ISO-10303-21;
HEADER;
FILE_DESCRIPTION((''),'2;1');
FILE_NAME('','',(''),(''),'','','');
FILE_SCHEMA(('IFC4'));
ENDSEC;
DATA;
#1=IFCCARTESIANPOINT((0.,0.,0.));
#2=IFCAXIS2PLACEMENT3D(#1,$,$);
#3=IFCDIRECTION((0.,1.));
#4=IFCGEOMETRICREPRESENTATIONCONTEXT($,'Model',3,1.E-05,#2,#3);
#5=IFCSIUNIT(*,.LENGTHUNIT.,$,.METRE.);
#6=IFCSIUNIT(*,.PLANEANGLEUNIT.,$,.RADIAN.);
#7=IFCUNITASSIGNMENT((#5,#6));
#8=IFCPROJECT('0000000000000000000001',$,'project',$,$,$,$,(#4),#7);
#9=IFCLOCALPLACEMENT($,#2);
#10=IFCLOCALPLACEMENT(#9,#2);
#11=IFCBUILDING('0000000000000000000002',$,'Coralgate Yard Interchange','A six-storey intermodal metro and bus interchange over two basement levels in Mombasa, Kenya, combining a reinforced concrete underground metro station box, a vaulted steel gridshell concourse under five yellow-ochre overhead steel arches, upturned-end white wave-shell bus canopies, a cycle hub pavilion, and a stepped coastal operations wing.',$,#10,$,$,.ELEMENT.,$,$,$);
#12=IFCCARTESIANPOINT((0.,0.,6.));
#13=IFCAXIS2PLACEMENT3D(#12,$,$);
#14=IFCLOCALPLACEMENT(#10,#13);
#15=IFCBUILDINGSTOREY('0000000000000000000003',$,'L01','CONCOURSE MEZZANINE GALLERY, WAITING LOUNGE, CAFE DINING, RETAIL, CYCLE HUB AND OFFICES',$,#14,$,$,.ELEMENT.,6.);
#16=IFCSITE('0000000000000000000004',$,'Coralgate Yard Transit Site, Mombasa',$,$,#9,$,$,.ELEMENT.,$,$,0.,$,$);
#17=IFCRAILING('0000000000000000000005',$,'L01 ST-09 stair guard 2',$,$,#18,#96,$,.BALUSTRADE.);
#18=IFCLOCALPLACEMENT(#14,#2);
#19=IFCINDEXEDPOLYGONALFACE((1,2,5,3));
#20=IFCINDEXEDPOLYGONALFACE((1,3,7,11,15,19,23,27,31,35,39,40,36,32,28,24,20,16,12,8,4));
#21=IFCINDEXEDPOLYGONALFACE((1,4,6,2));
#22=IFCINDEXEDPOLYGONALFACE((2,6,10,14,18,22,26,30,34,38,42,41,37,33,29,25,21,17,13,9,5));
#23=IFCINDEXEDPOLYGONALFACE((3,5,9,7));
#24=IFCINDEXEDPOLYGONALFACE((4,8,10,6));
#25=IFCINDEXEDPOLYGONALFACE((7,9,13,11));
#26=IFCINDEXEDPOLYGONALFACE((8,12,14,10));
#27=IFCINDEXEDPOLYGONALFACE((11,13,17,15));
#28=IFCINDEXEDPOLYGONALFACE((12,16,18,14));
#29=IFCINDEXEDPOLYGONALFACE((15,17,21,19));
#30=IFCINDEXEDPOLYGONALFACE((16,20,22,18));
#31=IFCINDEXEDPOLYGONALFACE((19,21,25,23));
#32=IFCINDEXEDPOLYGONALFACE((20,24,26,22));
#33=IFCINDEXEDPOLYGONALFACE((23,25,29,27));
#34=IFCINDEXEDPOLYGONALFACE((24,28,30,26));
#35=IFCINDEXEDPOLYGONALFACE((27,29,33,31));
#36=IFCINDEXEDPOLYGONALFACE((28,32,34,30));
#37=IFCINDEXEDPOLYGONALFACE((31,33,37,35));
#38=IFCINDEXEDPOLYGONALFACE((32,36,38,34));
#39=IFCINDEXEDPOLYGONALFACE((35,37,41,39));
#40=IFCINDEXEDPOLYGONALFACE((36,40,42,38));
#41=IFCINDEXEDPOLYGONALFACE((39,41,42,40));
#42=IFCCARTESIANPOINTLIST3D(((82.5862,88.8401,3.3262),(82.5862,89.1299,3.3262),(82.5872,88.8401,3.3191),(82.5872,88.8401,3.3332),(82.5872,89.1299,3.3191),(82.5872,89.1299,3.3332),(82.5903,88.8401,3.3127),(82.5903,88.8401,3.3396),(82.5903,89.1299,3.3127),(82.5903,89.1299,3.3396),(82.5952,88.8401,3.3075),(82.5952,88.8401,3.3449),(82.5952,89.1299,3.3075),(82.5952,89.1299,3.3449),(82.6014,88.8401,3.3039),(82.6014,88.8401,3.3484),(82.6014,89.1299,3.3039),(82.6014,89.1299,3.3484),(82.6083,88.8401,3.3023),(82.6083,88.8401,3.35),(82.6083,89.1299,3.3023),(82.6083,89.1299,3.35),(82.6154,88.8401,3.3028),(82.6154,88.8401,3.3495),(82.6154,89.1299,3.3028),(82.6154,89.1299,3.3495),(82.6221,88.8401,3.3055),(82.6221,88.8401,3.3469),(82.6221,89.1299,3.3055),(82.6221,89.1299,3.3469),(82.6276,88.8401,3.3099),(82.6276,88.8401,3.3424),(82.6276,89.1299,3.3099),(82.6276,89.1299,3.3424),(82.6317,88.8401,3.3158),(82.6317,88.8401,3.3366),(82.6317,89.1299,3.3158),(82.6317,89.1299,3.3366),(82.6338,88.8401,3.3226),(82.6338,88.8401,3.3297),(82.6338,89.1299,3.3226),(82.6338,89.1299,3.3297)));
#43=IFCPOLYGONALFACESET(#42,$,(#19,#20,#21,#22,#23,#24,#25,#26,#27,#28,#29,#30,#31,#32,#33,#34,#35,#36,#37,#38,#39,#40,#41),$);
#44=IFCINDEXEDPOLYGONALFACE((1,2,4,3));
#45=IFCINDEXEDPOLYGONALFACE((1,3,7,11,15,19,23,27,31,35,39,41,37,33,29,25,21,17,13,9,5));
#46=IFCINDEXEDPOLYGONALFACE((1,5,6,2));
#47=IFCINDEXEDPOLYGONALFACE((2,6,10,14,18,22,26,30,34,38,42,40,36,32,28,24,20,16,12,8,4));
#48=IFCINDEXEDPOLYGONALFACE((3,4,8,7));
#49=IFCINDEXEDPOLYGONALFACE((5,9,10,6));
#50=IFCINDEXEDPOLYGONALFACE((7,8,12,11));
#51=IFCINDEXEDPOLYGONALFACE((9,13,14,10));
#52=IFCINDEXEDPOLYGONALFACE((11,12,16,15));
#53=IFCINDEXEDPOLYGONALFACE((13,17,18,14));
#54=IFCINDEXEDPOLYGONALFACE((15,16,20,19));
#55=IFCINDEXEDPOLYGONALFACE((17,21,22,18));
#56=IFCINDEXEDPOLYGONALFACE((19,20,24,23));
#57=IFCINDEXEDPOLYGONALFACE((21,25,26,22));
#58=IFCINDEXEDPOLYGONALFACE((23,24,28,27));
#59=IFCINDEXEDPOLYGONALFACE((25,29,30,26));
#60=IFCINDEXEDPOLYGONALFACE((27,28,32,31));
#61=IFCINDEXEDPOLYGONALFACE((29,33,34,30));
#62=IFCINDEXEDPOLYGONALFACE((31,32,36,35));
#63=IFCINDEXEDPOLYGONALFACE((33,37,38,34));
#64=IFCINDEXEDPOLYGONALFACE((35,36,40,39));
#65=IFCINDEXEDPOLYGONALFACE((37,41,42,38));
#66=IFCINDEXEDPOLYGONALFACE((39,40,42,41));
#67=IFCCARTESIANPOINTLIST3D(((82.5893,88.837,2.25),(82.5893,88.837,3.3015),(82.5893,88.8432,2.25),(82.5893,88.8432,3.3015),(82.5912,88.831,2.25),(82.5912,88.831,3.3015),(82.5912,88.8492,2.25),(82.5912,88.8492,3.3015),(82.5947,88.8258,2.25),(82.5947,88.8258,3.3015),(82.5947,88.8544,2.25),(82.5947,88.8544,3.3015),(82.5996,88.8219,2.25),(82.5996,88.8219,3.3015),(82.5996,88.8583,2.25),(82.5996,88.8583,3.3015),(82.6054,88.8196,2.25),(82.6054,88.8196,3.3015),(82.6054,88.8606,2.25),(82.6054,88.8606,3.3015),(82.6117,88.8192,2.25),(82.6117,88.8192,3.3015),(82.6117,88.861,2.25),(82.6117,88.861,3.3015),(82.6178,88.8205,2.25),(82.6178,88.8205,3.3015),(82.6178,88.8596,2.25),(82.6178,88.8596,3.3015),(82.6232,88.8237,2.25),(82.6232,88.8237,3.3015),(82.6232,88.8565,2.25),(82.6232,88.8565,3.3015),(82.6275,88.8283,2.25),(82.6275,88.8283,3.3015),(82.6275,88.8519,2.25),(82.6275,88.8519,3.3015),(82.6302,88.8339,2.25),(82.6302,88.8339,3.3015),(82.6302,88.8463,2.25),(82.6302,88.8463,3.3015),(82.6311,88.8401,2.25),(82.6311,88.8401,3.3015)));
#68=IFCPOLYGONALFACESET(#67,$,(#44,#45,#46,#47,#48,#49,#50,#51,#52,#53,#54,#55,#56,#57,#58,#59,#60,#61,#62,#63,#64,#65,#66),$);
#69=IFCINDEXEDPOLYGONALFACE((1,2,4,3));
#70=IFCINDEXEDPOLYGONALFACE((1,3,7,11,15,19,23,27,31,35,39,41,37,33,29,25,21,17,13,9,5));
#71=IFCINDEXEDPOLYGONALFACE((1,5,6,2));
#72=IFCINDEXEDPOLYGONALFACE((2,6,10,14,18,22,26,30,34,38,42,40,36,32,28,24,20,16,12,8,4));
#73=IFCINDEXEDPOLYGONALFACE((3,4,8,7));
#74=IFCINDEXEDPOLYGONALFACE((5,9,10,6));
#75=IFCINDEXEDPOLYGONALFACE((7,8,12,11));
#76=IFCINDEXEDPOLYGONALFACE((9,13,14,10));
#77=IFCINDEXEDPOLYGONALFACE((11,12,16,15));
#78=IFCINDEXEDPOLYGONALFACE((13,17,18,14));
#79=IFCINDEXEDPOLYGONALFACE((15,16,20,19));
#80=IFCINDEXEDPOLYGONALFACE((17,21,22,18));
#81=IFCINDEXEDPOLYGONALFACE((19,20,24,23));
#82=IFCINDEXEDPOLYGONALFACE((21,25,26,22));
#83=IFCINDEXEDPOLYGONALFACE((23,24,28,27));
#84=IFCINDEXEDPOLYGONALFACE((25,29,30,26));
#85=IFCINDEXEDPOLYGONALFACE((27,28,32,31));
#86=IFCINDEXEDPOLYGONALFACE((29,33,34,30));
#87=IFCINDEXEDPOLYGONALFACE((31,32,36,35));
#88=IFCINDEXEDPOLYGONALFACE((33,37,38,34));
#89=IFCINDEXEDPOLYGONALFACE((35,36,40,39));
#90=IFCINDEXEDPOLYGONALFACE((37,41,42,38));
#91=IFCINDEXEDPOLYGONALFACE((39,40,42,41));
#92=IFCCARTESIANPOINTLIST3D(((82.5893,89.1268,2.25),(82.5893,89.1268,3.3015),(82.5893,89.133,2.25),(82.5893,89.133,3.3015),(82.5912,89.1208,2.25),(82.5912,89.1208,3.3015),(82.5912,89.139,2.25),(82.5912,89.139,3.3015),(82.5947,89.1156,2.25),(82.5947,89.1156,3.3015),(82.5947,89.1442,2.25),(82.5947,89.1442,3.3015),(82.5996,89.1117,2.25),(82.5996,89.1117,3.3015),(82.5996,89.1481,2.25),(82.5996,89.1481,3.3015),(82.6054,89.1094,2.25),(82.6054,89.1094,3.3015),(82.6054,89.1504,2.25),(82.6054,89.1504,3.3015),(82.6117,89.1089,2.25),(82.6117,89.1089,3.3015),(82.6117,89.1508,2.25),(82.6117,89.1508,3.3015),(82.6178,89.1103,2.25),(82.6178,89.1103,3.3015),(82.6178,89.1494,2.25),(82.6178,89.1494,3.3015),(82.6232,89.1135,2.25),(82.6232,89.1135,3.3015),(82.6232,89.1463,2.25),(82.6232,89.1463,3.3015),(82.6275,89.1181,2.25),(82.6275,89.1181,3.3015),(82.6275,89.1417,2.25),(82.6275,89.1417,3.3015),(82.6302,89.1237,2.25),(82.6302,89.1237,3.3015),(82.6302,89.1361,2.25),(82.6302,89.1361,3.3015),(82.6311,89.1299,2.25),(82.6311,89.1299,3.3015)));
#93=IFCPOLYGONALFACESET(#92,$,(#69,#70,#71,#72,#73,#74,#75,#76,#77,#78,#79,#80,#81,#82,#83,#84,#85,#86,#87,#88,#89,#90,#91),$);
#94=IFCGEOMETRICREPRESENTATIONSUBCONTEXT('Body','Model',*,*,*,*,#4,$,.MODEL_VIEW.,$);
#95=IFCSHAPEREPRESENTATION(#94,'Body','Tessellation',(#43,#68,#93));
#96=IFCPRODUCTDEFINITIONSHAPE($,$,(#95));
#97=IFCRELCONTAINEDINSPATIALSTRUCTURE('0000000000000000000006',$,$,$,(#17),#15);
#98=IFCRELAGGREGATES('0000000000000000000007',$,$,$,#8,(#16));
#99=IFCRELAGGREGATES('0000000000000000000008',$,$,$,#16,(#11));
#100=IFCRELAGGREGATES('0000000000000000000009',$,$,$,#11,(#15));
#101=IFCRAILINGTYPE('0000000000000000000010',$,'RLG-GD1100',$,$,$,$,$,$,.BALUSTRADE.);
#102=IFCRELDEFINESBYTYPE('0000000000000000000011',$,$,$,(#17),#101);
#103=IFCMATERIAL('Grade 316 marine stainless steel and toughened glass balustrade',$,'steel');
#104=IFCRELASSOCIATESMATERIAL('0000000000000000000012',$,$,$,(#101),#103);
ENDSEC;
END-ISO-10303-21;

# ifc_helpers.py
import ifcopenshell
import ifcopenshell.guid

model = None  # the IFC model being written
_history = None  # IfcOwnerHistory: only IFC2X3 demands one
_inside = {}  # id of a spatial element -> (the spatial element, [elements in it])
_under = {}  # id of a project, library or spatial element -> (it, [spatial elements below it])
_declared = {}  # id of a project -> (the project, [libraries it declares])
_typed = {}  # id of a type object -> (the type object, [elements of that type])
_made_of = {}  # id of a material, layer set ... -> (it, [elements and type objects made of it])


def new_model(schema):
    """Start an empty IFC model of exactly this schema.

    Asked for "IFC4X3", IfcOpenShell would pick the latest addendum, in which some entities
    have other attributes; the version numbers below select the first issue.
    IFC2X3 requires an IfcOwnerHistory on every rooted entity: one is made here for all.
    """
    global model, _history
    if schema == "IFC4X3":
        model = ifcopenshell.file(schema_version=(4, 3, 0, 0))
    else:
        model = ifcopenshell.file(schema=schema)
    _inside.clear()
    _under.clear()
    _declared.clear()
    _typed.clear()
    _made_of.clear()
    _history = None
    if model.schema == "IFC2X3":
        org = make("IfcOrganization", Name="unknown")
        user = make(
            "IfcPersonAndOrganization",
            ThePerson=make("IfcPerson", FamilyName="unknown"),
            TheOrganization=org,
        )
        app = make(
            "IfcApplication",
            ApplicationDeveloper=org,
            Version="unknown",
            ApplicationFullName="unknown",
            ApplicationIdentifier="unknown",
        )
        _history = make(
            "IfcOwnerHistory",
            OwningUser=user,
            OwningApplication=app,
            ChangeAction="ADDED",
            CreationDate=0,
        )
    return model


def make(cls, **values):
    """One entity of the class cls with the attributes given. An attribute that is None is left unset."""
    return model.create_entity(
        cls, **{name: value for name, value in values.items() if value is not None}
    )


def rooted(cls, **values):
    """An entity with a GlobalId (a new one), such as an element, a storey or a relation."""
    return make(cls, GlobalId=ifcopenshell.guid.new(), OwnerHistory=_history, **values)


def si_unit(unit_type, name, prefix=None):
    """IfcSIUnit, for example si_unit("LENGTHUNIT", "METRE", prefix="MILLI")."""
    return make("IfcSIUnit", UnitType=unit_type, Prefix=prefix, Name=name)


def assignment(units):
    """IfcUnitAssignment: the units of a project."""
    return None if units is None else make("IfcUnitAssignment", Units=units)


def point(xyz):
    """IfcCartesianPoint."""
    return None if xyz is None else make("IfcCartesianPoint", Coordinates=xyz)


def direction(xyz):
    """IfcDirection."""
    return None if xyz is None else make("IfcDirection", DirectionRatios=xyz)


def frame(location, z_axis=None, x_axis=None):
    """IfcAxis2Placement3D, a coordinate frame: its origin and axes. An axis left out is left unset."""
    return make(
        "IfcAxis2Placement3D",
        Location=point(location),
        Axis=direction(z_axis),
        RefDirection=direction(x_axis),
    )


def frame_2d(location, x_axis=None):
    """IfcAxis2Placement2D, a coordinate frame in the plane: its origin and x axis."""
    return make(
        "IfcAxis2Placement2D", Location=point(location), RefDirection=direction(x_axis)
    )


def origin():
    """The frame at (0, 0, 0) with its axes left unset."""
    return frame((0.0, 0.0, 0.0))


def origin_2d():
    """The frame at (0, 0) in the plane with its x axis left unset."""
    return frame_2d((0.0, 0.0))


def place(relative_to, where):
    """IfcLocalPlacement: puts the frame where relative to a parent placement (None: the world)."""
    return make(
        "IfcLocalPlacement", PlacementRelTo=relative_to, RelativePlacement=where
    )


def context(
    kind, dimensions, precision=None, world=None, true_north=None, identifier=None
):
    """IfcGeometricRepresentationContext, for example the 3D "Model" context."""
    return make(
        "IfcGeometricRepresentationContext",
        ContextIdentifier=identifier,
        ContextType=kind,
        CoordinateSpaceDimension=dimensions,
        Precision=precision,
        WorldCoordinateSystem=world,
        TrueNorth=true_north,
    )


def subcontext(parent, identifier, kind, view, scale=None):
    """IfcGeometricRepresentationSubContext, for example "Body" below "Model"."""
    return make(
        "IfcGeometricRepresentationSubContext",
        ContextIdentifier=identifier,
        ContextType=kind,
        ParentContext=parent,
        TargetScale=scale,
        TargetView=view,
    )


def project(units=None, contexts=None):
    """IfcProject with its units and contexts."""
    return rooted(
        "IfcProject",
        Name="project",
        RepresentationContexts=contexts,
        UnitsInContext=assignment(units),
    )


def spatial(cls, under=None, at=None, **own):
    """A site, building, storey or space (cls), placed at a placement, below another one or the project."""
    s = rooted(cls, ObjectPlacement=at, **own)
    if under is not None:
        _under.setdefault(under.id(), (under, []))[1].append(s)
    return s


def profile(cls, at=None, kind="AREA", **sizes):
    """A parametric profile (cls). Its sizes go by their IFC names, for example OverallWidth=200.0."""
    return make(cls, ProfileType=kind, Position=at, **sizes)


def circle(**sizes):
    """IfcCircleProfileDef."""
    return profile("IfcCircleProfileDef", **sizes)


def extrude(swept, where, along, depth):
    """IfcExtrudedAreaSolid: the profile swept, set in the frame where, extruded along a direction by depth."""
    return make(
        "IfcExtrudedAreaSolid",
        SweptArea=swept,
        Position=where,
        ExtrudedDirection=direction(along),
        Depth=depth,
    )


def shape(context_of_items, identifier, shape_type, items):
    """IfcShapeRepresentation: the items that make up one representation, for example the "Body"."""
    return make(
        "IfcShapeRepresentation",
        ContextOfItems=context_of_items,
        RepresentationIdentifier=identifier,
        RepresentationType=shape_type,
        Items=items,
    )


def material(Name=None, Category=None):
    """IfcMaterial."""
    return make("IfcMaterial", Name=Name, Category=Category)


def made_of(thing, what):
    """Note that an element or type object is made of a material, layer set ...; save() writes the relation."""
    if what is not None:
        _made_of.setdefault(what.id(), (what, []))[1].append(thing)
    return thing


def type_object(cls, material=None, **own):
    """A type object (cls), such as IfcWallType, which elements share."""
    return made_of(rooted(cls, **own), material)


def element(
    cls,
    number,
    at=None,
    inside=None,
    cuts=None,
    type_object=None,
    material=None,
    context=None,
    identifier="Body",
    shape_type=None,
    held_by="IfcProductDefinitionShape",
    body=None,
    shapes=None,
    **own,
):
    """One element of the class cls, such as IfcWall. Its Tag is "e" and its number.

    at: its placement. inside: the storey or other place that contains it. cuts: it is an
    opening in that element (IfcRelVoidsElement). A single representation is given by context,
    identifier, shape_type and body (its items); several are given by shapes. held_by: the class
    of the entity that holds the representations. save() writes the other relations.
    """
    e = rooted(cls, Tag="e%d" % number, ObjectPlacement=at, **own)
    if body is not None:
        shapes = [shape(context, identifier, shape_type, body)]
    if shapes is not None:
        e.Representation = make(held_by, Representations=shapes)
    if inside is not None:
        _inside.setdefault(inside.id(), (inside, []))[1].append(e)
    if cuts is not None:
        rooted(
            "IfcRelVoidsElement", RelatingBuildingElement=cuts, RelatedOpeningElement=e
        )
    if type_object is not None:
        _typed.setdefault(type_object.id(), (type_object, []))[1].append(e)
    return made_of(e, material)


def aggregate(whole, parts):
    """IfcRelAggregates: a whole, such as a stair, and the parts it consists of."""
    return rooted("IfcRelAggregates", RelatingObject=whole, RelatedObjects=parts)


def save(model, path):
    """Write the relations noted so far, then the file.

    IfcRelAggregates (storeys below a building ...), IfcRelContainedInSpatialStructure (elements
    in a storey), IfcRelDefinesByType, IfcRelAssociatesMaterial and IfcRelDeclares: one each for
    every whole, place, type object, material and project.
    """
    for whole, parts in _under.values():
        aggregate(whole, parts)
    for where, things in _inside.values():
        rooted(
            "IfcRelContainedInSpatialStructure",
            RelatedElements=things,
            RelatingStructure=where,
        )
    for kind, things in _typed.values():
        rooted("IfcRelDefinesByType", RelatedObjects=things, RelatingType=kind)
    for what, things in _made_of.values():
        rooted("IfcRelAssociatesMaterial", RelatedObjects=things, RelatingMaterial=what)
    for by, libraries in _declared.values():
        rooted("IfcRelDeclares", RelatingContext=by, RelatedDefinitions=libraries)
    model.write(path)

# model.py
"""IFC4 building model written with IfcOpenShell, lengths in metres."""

from ifc_helpers import new_model, si_unit, direction, frame, origin, origin_2d, place, context, subcontext, project, spatial, circle, extrude, material, type_object, element, save


model = new_model("IFC4")

# Units and contexts
model_context = context("Model", 3, precision=1e-05, world=origin(), true_north=direction((0.0, 1.0)))
body_context = subcontext(model_context, "Body", "Model", "MODEL_VIEW")
ifc_project = project(units=[si_unit("LENGTHUNIT", "METRE"), si_unit("PLANEANGLEUNIT", "RADIAN")], contexts=[model_context])

# Site, building, storey
site_placement = place(None, origin())
site = spatial("IfcSite", under=ifc_project, at=site_placement, Name="Coralgate Yard Transit Site, Mombasa", CompositionType="ELEMENT", RefElevation=0.0)
building_placement = place(site_placement, origin())
building = spatial("IfcBuilding", under=site, at=building_placement, Name="Coralgate Yard Interchange", Description="A six-storey intermodal metro and bus interchange over two basement levels in Mombasa, Kenya, combining a reinforced concrete underground metro station box, a vaulted steel gridshell concourse under five yellow-ochre overhead steel arches, upturned-end white wave-shell bus canopies, a cycle hub pavilion, and a stepped coastal operations wing.", CompositionType="ELEMENT")
storey_placement = place(building_placement, frame((0.0, 0.0, 6.0)))
storey = spatial("IfcBuildingStorey", under=building, at=storey_placement, Name="L01", Description="CONCOURSE MEZZANINE GALLERY, WAITING LOUNGE, CAFE DINING, RETAIL, CYCLE HUB AND OFFICES", CompositionType="ELEMENT", Elevation=6.0)

# Railing
ifc_material_1 = material(Name="Grade 316 marine stainless steel and toughened glass balustrade", Category="steel")
railing_type_1 = type_object("IfcRailingType", Name="RLG-GD1100", PredefinedType="BALUSTRADE", material=ifc_material_1)
railing_1_placement = place(storey_placement, frame((82.6101, 88.8401, 2.25)))
element("IfcRailing", 1, at=railing_1_placement, inside=storey, type_object=railing_type_1, Name="L01 ST-09 stair guard 2", PredefinedType="BALUSTRADE", context=body_context, shape_type="SweptSolid", body=[
    extrude(circle(Radius=0.0239, at=origin_2d()), frame((0.0, 0.0, 1.0762), z_axis=(0.0, 1.0, 0.0), x_axis=(-1.0, 0.0, 0.0)), (0.0, 0.0, 1.0), 0.2898),
    extrude(circle(Radius=0.021, at=origin_2d()), origin(), (0.0, 0.0, 1.0), 1.0515),
    extrude(circle(Radius=0.021, at=origin_2d()), frame((0.0, 0.2898, 0.0)), (0.0, 0.0, 1.0), 1.0515),
])

save(model, "model.ifc")
